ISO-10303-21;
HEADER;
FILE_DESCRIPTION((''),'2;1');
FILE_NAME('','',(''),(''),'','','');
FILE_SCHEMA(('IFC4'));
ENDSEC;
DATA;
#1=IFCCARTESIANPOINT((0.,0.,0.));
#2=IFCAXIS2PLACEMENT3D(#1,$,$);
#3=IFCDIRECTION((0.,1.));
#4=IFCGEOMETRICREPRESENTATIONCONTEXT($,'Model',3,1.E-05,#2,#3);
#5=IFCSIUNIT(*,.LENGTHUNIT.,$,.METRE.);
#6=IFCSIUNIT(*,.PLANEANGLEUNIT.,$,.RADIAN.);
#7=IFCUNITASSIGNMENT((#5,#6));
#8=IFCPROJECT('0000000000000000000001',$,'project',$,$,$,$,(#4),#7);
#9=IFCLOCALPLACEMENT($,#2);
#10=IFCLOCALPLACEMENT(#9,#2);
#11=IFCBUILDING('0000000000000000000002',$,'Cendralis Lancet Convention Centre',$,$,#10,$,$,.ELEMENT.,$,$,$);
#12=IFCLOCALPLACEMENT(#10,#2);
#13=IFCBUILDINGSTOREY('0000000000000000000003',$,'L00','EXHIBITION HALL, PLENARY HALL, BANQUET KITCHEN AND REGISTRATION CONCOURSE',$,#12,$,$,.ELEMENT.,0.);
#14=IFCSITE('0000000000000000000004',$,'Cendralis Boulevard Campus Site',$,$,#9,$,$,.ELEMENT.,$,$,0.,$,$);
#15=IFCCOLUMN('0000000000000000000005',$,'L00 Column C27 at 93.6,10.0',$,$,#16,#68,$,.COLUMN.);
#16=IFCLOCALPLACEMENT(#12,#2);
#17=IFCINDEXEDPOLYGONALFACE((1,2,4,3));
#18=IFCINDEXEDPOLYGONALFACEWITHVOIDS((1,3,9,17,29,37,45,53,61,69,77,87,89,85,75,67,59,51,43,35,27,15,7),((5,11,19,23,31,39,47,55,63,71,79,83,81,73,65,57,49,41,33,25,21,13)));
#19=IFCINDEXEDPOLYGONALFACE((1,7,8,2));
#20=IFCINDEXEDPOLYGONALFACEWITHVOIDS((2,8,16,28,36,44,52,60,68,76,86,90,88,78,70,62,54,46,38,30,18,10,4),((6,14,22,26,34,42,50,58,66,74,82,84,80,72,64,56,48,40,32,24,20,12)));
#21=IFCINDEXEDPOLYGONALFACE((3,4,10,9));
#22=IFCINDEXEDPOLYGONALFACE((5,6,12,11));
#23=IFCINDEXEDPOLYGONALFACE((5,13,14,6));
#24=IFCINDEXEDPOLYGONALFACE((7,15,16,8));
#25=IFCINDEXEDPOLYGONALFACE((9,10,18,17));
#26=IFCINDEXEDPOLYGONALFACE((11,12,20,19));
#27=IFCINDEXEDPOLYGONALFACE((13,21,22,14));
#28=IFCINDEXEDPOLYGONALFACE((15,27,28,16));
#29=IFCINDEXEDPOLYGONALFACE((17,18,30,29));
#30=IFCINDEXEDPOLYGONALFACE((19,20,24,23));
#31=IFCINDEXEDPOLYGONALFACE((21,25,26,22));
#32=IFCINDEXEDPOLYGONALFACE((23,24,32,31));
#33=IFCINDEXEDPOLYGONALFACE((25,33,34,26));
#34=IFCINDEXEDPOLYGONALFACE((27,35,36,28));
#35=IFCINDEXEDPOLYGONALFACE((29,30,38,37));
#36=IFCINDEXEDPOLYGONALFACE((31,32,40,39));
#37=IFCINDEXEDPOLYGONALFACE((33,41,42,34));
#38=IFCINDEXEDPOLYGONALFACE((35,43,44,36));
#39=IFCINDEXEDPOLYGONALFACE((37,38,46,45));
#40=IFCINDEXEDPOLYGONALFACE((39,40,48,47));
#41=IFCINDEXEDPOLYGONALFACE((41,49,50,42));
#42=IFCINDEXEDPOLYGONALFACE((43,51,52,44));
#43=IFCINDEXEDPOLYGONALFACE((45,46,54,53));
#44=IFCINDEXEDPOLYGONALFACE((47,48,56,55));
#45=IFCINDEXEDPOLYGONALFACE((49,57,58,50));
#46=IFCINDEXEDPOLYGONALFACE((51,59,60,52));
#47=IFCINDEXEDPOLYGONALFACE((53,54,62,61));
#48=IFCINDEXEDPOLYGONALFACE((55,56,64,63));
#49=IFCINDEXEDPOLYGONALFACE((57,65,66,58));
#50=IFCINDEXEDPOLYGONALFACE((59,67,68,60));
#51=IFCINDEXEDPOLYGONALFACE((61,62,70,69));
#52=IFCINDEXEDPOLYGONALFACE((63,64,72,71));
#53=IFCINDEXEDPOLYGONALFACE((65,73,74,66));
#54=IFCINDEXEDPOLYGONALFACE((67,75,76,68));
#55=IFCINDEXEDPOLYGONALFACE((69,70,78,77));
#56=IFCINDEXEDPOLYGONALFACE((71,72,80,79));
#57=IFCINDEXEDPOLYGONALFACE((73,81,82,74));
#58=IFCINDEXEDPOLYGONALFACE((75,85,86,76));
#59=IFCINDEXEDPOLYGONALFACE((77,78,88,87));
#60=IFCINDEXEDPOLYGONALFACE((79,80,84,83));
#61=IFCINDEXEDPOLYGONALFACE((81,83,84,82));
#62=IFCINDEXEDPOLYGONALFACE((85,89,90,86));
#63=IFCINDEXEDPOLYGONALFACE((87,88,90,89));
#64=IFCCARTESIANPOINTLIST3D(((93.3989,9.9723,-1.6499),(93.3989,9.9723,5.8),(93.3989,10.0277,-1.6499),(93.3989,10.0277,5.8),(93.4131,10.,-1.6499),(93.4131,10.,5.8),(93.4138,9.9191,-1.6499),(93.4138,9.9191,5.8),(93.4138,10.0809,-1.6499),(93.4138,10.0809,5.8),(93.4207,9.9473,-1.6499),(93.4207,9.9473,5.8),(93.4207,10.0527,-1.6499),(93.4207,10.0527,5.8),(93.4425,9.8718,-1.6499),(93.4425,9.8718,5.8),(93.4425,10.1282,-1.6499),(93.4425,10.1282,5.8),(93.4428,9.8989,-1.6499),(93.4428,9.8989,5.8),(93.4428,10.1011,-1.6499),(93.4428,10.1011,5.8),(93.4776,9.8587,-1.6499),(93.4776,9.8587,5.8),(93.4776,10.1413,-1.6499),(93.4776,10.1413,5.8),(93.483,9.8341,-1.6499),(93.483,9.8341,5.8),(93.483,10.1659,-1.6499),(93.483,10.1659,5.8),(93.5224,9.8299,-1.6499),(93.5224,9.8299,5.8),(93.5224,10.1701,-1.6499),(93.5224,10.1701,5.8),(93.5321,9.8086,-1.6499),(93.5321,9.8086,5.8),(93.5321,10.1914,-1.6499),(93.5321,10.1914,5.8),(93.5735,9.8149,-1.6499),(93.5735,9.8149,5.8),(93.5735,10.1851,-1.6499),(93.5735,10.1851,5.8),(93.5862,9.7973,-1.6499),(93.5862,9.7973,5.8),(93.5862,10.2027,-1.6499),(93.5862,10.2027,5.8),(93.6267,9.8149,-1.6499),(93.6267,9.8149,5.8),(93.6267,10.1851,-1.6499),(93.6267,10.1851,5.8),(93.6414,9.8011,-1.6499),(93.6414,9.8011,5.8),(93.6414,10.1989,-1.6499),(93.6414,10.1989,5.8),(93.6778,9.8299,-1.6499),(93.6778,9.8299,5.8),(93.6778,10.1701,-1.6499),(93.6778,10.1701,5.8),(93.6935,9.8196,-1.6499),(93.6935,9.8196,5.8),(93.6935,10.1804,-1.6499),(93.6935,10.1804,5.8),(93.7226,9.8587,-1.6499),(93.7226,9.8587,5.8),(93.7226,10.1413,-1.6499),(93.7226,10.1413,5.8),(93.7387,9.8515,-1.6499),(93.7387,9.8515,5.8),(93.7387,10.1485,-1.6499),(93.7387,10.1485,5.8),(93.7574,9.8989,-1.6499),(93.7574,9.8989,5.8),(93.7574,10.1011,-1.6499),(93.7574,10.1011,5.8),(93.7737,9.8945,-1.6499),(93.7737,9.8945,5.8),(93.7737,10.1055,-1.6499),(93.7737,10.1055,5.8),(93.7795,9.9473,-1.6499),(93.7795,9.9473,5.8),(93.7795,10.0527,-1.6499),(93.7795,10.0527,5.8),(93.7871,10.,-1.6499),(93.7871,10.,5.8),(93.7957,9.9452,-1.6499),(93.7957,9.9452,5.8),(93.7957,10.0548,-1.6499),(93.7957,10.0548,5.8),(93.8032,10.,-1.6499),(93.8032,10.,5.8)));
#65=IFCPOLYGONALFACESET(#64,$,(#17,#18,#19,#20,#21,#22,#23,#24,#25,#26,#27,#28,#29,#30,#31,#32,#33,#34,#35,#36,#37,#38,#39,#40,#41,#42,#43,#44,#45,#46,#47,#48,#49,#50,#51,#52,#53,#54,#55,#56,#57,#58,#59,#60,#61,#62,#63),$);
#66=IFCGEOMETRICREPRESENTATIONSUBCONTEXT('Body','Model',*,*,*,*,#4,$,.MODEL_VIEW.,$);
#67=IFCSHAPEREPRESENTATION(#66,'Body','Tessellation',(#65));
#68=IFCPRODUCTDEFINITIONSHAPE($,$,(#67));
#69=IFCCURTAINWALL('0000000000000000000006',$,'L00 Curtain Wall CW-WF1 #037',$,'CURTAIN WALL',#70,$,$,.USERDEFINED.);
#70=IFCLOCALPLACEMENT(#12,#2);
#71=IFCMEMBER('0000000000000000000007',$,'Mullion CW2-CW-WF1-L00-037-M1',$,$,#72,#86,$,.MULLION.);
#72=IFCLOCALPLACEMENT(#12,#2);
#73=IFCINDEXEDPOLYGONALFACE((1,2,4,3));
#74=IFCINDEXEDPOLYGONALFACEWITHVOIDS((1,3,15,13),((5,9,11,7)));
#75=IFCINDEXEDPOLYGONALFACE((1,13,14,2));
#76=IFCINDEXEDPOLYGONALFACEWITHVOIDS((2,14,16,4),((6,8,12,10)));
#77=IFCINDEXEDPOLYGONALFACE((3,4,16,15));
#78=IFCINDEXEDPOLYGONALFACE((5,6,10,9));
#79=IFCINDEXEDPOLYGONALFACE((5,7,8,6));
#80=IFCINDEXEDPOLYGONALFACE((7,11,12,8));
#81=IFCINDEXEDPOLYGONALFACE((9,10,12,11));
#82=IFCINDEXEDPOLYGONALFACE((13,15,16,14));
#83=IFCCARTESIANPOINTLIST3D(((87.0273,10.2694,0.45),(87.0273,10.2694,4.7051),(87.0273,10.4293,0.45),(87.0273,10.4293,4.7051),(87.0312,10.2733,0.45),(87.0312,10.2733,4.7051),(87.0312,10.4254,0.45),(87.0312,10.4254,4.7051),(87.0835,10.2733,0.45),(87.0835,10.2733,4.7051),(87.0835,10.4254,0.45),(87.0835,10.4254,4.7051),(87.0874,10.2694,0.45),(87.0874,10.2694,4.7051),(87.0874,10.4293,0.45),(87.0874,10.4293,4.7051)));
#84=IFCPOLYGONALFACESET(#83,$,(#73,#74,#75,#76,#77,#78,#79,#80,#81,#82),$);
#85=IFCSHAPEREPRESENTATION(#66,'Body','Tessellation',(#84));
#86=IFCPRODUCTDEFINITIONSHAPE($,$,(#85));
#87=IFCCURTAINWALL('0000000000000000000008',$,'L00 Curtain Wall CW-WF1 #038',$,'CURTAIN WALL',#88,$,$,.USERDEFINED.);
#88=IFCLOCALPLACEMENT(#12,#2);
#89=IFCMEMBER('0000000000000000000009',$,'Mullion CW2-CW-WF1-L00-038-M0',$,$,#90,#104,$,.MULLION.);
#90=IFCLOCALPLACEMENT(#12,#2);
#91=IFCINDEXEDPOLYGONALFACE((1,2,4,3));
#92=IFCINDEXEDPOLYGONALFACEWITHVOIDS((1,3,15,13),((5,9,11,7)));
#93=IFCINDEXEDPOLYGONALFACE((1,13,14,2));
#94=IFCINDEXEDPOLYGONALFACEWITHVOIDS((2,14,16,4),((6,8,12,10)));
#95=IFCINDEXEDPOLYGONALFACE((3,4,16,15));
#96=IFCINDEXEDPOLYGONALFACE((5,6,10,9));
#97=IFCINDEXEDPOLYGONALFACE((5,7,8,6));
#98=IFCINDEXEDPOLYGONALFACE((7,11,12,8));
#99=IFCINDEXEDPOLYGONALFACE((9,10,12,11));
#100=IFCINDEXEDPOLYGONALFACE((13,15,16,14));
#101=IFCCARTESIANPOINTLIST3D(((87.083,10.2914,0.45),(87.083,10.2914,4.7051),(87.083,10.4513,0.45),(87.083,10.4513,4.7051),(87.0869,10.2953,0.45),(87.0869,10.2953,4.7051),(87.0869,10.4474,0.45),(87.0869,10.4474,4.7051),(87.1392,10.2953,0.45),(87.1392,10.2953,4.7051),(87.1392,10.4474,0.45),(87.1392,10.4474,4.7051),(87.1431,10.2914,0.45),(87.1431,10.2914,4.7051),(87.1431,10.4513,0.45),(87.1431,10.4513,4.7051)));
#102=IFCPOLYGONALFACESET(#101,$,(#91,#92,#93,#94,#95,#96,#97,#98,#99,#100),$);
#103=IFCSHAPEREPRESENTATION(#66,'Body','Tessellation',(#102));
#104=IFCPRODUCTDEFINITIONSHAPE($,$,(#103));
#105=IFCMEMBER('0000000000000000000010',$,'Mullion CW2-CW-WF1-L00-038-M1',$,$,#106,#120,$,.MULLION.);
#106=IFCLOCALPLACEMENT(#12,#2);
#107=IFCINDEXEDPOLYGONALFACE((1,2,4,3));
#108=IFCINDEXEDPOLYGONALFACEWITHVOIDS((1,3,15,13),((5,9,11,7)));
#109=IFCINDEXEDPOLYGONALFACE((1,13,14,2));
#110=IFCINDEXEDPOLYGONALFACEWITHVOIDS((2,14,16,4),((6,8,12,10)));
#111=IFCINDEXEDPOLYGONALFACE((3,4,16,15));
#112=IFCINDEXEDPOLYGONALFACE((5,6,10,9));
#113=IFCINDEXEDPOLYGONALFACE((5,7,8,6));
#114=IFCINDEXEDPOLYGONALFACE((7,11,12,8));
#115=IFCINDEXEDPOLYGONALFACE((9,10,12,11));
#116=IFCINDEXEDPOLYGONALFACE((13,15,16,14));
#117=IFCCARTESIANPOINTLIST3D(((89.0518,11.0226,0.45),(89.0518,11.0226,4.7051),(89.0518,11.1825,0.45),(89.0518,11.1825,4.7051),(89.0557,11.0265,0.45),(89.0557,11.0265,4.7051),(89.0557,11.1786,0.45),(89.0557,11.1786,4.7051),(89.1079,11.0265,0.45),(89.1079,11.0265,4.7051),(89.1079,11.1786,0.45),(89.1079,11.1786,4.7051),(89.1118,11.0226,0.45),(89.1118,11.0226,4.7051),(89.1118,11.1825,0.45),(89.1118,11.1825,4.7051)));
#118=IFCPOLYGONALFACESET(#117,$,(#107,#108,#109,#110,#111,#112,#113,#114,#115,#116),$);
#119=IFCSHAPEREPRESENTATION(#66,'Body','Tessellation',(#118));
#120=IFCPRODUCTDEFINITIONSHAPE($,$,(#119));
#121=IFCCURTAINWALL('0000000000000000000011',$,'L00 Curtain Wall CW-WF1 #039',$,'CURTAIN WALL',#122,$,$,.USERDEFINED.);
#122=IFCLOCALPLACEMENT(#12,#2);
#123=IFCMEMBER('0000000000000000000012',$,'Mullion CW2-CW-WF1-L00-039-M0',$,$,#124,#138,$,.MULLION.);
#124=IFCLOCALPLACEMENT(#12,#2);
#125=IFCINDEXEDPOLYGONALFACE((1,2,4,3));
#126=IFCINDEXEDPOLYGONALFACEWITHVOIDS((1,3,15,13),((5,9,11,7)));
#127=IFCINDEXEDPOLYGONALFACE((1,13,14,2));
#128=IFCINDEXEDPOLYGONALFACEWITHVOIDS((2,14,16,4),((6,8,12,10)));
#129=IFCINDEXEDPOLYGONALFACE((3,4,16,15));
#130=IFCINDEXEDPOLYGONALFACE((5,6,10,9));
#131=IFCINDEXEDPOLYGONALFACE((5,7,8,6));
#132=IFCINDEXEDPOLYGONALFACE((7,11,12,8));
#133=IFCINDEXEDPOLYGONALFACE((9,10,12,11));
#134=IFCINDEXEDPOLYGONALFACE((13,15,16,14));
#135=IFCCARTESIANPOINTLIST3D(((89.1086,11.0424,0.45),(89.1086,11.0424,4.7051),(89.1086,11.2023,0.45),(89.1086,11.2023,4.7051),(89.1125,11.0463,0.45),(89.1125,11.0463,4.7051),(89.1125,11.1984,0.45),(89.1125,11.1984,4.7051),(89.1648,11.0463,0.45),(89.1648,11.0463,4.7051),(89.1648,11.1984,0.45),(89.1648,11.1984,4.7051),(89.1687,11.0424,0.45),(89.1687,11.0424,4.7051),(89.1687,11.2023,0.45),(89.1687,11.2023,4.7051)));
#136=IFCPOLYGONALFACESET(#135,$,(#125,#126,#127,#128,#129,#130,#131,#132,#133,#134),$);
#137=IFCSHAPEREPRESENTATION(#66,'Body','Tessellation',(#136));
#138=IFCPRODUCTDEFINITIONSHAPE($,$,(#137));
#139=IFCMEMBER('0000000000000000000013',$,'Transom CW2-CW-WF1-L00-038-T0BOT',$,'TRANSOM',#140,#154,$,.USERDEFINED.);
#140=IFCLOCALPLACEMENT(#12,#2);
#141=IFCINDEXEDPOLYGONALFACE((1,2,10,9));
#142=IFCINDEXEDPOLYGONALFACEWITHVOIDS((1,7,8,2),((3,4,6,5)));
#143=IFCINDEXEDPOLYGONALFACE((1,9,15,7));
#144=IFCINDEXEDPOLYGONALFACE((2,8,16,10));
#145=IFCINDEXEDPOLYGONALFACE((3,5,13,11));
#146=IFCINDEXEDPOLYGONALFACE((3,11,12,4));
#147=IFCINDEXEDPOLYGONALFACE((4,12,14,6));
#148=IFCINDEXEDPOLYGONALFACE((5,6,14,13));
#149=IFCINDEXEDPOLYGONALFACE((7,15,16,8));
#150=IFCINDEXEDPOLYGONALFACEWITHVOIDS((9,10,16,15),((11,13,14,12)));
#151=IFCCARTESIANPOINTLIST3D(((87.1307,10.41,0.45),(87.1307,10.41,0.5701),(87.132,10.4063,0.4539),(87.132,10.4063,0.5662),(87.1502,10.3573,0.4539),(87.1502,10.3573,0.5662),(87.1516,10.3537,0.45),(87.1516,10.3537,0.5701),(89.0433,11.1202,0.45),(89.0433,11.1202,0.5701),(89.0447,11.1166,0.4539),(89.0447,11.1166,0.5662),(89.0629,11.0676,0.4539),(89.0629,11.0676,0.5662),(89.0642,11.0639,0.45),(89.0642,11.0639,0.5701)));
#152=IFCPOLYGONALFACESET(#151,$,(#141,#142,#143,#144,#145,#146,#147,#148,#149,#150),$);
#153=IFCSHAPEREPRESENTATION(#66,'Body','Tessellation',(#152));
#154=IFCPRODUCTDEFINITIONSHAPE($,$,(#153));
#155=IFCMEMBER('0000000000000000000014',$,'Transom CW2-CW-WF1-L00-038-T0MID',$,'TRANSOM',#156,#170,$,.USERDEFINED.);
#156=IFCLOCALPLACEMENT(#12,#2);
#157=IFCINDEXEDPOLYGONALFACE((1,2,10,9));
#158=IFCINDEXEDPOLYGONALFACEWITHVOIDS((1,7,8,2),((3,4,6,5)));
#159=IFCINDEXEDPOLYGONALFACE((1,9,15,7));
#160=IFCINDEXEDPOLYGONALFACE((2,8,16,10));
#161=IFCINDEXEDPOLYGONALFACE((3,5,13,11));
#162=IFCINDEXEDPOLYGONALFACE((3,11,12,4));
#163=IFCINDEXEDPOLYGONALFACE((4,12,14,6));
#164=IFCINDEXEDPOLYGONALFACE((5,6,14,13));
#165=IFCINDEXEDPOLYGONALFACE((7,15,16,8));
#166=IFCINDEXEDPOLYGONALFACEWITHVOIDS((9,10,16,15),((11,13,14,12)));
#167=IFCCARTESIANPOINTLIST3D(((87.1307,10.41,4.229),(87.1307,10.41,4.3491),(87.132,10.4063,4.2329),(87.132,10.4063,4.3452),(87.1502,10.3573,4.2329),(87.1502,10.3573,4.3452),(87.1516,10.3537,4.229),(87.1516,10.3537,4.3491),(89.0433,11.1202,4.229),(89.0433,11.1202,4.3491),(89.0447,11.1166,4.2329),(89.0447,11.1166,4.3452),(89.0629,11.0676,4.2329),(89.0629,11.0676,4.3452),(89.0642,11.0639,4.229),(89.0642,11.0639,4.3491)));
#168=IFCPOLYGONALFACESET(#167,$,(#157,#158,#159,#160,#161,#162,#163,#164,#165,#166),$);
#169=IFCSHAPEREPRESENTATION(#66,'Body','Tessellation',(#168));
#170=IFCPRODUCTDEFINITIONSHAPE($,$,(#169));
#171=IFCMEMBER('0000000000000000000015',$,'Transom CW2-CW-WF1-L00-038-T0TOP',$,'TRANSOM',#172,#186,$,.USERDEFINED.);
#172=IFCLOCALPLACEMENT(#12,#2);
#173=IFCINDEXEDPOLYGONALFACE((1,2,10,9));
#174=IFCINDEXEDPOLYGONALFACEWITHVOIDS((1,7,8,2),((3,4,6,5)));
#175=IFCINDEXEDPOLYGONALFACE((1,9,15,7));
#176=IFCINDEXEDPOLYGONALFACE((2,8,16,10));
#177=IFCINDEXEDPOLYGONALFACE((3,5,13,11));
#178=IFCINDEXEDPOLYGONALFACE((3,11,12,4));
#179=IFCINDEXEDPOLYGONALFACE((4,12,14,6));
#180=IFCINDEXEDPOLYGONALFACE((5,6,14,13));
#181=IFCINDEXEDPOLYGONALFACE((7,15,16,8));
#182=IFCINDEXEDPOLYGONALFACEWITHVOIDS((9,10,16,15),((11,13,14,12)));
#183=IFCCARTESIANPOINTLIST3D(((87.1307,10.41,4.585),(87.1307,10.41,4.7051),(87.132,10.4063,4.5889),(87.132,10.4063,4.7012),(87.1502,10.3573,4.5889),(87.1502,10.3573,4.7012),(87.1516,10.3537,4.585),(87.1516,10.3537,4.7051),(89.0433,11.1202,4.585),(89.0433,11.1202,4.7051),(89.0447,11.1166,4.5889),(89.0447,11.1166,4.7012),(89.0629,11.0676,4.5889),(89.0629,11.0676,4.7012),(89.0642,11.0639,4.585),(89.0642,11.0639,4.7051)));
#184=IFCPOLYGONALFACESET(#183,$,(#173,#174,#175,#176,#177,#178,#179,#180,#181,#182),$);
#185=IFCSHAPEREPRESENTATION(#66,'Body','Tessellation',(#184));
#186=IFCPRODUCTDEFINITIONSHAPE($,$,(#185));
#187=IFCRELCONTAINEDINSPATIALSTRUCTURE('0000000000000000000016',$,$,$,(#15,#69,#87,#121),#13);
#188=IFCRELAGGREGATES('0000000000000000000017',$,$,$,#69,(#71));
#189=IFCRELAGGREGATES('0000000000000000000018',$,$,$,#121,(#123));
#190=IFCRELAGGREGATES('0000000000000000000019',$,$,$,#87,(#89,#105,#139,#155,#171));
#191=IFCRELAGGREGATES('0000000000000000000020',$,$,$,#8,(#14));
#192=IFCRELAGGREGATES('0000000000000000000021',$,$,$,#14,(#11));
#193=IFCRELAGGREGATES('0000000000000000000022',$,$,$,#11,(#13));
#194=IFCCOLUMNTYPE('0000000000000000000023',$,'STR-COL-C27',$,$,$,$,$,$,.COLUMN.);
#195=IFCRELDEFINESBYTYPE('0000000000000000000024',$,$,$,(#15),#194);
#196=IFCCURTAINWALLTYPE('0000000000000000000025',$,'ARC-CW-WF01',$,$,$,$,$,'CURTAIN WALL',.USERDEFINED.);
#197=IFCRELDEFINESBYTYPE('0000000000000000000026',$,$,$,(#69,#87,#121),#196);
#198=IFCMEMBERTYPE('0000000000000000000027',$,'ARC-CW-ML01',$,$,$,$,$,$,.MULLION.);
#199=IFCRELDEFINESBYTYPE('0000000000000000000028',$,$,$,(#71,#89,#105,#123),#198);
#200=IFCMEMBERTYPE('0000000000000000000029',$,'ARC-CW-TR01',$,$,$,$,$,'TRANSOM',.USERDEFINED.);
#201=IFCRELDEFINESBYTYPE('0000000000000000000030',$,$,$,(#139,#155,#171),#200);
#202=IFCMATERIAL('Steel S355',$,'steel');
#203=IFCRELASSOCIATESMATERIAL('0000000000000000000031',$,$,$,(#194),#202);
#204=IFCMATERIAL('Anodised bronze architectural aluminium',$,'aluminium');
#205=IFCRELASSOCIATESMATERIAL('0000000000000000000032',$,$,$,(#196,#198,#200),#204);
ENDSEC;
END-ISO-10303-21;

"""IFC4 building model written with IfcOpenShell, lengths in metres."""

from ifc_helpers import new_model, si_unit, direction, frame, origin, origin_2d, place, context, subcontext, project, spatial, hollow_rectangle, hollow_circle, extrude, material, material_profile, profile_set, type_object, element, aggregate, save


model = new_model("IFC4")

# Units and contexts
model_context = context("Model", 3, precision=1e-05, world=origin(), true_north=direction((0.0, 1.0)))
body_context = subcontext(model_context, "Body", "Model", "MODEL_VIEW")
ifc_project = project(units=[si_unit("LENGTHUNIT", "METRE"), si_unit("PLANEANGLEUNIT", "RADIAN")], contexts=[model_context])

# Site, building, storey
site_placement = place(None, origin())
site = spatial("IfcSite", under=ifc_project, at=site_placement, Name="Cendralis Boulevard Campus Site", CompositionType="ELEMENT", RefElevation=0.0)
building_placement = place(site_placement, origin())
building = spatial("IfcBuilding", under=site, at=building_placement, Name="Cendralis Lancet Convention Centre", CompositionType="ELEMENT")
storey_placement = place(building_placement, origin())
storey = spatial("IfcBuildingStorey", under=building, at=storey_placement, Name="L00", Description="EXHIBITION HALL, PLENARY HALL, BANQUET KITCHEN AND REGISTRATION CONCOURSE", CompositionType="ELEMENT", Elevation=0.0)

# Column
ifc_material_1 = material(Name="Steel S355", Category="steel")
ifc_material_profile_1 = material_profile(ifc_material_1, hollow_circle(Radius=0.2031, WallThickness=0.0161, at=origin_2d()), Name="CHS 406.4x16.0")
ifc_profile_set_1 = profile_set([ifc_material_profile_1], Name="Steel S355")
column_type = type_object("IfcColumnType", Name="STR-COL-C27", PredefinedType="COLUMN", material=ifc_profile_set_1)
for number, where, z_axis, x_axis, name in (
    (1, (93.6001, 10.0, -1.6499), (0.0, 0.0, 1.0), (1.0, 0.0, 0.0), "L00 Column C27 at 93.6,10.0"),
):
    element("IfcColumn", number, at=place(storey_placement, frame(where, z_axis=z_axis, x_axis=x_axis)), inside=storey, type_object=column_type, Name=name, PredefinedType="COLUMN", context=body_context, shape_type="SweptSolid", body=[
        extrude(hollow_circle(Radius=0.2031, WallThickness=0.0161, at=origin_2d()), origin(), (0.0, 0.0, 1.0), 7.45),
    ])

# Curtain wall, member
ifc_material_2 = material(Name="Anodised bronze architectural aluminium", Category="aluminium")
curtain_wall_type = type_object("IfcCurtainWallType", Name="ARC-CW-WF01", ElementType="CURTAIN WALL", PredefinedType="USERDEFINED", material=ifc_material_2)
curtain_wall_1_placement = place(storey_placement, origin())
curtain_wall_1 = element("IfcCurtainWall", 2, at=curtain_wall_1_placement, inside=storey, type_object=curtain_wall_type, Name="L00 Curtain Wall CW-WF1 #037", ObjectType="CURTAIN WALL", PredefinedType="USERDEFINED")
ifc_material_profile_2 = material_profile(ifc_material_2, hollow_rectangle(XDim=0.0601, YDim=0.1599, WallThickness=0.0039, at=origin_2d()), Name="AL-MULL 60x160x4.0")
ifc_profile_set_2 = profile_set([ifc_material_profile_2], Name="Anodised bronze architectural aluminium")
member_type_1 = type_object("IfcMemberType", Name="ARC-CW-ML01", PredefinedType="MULLION", material=ifc_profile_set_2)
member_1_placement = place(storey_placement, frame((87.0574, 10.3494, 0.45), z_axis=(0.0, 0.0, 1.0), x_axis=(1.0, 0.0, 0.0)))
member_1 = element("IfcMember", 3, at=member_1_placement, type_object=member_type_1, Name="Mullion CW2-CW-WF1-L00-037-M1", PredefinedType="MULLION", context=body_context, shape_type="SweptSolid", body=[
    extrude(hollow_rectangle(XDim=0.0601, YDim=0.1599, WallThickness=0.0039, at=origin_2d()), origin(), (0.0, 0.0, 1.0), 4.2551),
])
aggregate(curtain_wall_1, [member_1])

# Curtain wall, members
curtain_wall_2_placement = place(storey_placement, origin())
curtain_wall_2 = element("IfcCurtainWall", 4, at=curtain_wall_2_placement, inside=storey, type_object=curtain_wall_type, Name="L00 Curtain Wall CW-WF1 #038", ObjectType="CURTAIN WALL", PredefinedType="USERDEFINED")
member_2_placement = place(storey_placement, frame((87.113, 10.3713, 0.45), z_axis=(0.0, 0.0, 1.0), x_axis=(1.0, 0.0, 0.0)))
member_2 = element("IfcMember", 5, at=member_2_placement, type_object=member_type_1, Name="Mullion CW2-CW-WF1-L00-038-M0", PredefinedType="MULLION", context=body_context, shape_type="SweptSolid", body=[
    extrude(hollow_rectangle(XDim=0.0601, YDim=0.1599, WallThickness=0.0039, at=origin_2d()), origin(), (0.0, 0.0, 1.0), 4.2551),
])
member_3_placement = place(storey_placement, frame((89.0818, 11.1025, 0.45), z_axis=(0.0, 0.0, 1.0), x_axis=(1.0, 0.0, 0.0)))
member_3 = element("IfcMember", 6, at=member_3_placement, type_object=member_type_1, Name="Mullion CW2-CW-WF1-L00-038-M1", PredefinedType="MULLION", context=body_context, shape_type="SweptSolid", body=[
    extrude(hollow_rectangle(XDim=0.0601, YDim=0.1599, WallThickness=0.0039, at=origin_2d()), origin(), (0.0, 0.0, 1.0), 4.2551),
])

# Curtain wall, member
curtain_wall_3_placement = place(storey_placement, origin())
curtain_wall_3 = element("IfcCurtainWall", 7, at=curtain_wall_3_placement, inside=storey, type_object=curtain_wall_type, Name="L00 Curtain Wall CW-WF1 #039", ObjectType="CURTAIN WALL", PredefinedType="USERDEFINED")
member_4_placement = place(storey_placement, frame((89.1387, 11.1223, 0.45), z_axis=(0.0, 0.0, 1.0), x_axis=(1.0, 0.0, 0.0)))
member_4 = element("IfcMember", 8, at=member_4_placement, type_object=member_type_1, Name="Mullion CW2-CW-WF1-L00-039-M0", PredefinedType="MULLION", context=body_context, shape_type="SweptSolid", body=[
    extrude(hollow_rectangle(XDim=0.0601, YDim=0.1599, WallThickness=0.0039, at=origin_2d()), origin(), (0.0, 0.0, 1.0), 4.2551),
])

# Members
ifc_material_profile_3 = material_profile(ifc_material_2, hollow_rectangle(XDim=0.0601, YDim=0.1201, WallThickness=0.0039, at=origin_2d()), Name="AL-TRAN 60x120x4.0")
ifc_profile_set_3 = profile_set([ifc_material_profile_3], Name="Anodised bronze architectural aluminium")
member_type_2 = type_object("IfcMemberType", Name="ARC-CW-TR01", ElementType="TRANSOM", PredefinedType="USERDEFINED", material=ifc_profile_set_3)
member_5_placement = place(storey_placement, frame((87.1411, 10.3818, 0.51), z_axis=(0.937455, 0.348105, 0.0), x_axis=(-0.348105, 0.937455, 0.0)))
member_5 = element("IfcMember", 9, at=member_5_placement, type_object=member_type_2, Name="Transom CW2-CW-WF1-L00-038-T0BOT", ObjectType="TRANSOM", PredefinedType="USERDEFINED", context=body_context, shape_type="SweptSolid", body=[
    extrude(hollow_rectangle(XDim=0.0601, YDim=0.1201, WallThickness=0.0039, at=origin_2d()), origin(), (0.0, 0.0, 1.0), 2.0403),
])
member_6_placement = place(storey_placement, frame((87.1411, 10.3818, 4.2891), z_axis=(0.937455, 0.348105, 0.0), x_axis=(-0.348105, 0.937455, 0.0)))
member_6 = element("IfcMember", 10, at=member_6_placement, type_object=member_type_2, Name="Transom CW2-CW-WF1-L00-038-T0MID", ObjectType="TRANSOM", PredefinedType="USERDEFINED", context=body_context, shape_type="SweptSolid", body=[
    extrude(hollow_rectangle(XDim=0.0601, YDim=0.1201, WallThickness=0.0039, at=origin_2d()), origin(), (0.0, 0.0, 1.0), 2.0403),
])
member_7_placement = place(storey_placement, frame((87.1411, 10.3818, 4.645), z_axis=(0.937455, 0.348105, 0.0), x_axis=(-0.348105, 0.937455, 0.0)))
member_7 = element("IfcMember", 11, at=member_7_placement, type_object=member_type_2, Name="Transom CW2-CW-WF1-L00-038-T0TOP", ObjectType="TRANSOM", PredefinedType="USERDEFINED", context=body_context, shape_type="SweptSolid", body=[
    extrude(hollow_rectangle(XDim=0.0601, YDim=0.1201, WallThickness=0.0039, at=origin_2d()), origin(), (0.0, 0.0, 1.0), 2.0403),
])
aggregate(curtain_wall_3, [member_4])

aggregate(curtain_wall_2, [member_2, member_3, member_5, member_6, member_7])

save(model, "model.ifc")
